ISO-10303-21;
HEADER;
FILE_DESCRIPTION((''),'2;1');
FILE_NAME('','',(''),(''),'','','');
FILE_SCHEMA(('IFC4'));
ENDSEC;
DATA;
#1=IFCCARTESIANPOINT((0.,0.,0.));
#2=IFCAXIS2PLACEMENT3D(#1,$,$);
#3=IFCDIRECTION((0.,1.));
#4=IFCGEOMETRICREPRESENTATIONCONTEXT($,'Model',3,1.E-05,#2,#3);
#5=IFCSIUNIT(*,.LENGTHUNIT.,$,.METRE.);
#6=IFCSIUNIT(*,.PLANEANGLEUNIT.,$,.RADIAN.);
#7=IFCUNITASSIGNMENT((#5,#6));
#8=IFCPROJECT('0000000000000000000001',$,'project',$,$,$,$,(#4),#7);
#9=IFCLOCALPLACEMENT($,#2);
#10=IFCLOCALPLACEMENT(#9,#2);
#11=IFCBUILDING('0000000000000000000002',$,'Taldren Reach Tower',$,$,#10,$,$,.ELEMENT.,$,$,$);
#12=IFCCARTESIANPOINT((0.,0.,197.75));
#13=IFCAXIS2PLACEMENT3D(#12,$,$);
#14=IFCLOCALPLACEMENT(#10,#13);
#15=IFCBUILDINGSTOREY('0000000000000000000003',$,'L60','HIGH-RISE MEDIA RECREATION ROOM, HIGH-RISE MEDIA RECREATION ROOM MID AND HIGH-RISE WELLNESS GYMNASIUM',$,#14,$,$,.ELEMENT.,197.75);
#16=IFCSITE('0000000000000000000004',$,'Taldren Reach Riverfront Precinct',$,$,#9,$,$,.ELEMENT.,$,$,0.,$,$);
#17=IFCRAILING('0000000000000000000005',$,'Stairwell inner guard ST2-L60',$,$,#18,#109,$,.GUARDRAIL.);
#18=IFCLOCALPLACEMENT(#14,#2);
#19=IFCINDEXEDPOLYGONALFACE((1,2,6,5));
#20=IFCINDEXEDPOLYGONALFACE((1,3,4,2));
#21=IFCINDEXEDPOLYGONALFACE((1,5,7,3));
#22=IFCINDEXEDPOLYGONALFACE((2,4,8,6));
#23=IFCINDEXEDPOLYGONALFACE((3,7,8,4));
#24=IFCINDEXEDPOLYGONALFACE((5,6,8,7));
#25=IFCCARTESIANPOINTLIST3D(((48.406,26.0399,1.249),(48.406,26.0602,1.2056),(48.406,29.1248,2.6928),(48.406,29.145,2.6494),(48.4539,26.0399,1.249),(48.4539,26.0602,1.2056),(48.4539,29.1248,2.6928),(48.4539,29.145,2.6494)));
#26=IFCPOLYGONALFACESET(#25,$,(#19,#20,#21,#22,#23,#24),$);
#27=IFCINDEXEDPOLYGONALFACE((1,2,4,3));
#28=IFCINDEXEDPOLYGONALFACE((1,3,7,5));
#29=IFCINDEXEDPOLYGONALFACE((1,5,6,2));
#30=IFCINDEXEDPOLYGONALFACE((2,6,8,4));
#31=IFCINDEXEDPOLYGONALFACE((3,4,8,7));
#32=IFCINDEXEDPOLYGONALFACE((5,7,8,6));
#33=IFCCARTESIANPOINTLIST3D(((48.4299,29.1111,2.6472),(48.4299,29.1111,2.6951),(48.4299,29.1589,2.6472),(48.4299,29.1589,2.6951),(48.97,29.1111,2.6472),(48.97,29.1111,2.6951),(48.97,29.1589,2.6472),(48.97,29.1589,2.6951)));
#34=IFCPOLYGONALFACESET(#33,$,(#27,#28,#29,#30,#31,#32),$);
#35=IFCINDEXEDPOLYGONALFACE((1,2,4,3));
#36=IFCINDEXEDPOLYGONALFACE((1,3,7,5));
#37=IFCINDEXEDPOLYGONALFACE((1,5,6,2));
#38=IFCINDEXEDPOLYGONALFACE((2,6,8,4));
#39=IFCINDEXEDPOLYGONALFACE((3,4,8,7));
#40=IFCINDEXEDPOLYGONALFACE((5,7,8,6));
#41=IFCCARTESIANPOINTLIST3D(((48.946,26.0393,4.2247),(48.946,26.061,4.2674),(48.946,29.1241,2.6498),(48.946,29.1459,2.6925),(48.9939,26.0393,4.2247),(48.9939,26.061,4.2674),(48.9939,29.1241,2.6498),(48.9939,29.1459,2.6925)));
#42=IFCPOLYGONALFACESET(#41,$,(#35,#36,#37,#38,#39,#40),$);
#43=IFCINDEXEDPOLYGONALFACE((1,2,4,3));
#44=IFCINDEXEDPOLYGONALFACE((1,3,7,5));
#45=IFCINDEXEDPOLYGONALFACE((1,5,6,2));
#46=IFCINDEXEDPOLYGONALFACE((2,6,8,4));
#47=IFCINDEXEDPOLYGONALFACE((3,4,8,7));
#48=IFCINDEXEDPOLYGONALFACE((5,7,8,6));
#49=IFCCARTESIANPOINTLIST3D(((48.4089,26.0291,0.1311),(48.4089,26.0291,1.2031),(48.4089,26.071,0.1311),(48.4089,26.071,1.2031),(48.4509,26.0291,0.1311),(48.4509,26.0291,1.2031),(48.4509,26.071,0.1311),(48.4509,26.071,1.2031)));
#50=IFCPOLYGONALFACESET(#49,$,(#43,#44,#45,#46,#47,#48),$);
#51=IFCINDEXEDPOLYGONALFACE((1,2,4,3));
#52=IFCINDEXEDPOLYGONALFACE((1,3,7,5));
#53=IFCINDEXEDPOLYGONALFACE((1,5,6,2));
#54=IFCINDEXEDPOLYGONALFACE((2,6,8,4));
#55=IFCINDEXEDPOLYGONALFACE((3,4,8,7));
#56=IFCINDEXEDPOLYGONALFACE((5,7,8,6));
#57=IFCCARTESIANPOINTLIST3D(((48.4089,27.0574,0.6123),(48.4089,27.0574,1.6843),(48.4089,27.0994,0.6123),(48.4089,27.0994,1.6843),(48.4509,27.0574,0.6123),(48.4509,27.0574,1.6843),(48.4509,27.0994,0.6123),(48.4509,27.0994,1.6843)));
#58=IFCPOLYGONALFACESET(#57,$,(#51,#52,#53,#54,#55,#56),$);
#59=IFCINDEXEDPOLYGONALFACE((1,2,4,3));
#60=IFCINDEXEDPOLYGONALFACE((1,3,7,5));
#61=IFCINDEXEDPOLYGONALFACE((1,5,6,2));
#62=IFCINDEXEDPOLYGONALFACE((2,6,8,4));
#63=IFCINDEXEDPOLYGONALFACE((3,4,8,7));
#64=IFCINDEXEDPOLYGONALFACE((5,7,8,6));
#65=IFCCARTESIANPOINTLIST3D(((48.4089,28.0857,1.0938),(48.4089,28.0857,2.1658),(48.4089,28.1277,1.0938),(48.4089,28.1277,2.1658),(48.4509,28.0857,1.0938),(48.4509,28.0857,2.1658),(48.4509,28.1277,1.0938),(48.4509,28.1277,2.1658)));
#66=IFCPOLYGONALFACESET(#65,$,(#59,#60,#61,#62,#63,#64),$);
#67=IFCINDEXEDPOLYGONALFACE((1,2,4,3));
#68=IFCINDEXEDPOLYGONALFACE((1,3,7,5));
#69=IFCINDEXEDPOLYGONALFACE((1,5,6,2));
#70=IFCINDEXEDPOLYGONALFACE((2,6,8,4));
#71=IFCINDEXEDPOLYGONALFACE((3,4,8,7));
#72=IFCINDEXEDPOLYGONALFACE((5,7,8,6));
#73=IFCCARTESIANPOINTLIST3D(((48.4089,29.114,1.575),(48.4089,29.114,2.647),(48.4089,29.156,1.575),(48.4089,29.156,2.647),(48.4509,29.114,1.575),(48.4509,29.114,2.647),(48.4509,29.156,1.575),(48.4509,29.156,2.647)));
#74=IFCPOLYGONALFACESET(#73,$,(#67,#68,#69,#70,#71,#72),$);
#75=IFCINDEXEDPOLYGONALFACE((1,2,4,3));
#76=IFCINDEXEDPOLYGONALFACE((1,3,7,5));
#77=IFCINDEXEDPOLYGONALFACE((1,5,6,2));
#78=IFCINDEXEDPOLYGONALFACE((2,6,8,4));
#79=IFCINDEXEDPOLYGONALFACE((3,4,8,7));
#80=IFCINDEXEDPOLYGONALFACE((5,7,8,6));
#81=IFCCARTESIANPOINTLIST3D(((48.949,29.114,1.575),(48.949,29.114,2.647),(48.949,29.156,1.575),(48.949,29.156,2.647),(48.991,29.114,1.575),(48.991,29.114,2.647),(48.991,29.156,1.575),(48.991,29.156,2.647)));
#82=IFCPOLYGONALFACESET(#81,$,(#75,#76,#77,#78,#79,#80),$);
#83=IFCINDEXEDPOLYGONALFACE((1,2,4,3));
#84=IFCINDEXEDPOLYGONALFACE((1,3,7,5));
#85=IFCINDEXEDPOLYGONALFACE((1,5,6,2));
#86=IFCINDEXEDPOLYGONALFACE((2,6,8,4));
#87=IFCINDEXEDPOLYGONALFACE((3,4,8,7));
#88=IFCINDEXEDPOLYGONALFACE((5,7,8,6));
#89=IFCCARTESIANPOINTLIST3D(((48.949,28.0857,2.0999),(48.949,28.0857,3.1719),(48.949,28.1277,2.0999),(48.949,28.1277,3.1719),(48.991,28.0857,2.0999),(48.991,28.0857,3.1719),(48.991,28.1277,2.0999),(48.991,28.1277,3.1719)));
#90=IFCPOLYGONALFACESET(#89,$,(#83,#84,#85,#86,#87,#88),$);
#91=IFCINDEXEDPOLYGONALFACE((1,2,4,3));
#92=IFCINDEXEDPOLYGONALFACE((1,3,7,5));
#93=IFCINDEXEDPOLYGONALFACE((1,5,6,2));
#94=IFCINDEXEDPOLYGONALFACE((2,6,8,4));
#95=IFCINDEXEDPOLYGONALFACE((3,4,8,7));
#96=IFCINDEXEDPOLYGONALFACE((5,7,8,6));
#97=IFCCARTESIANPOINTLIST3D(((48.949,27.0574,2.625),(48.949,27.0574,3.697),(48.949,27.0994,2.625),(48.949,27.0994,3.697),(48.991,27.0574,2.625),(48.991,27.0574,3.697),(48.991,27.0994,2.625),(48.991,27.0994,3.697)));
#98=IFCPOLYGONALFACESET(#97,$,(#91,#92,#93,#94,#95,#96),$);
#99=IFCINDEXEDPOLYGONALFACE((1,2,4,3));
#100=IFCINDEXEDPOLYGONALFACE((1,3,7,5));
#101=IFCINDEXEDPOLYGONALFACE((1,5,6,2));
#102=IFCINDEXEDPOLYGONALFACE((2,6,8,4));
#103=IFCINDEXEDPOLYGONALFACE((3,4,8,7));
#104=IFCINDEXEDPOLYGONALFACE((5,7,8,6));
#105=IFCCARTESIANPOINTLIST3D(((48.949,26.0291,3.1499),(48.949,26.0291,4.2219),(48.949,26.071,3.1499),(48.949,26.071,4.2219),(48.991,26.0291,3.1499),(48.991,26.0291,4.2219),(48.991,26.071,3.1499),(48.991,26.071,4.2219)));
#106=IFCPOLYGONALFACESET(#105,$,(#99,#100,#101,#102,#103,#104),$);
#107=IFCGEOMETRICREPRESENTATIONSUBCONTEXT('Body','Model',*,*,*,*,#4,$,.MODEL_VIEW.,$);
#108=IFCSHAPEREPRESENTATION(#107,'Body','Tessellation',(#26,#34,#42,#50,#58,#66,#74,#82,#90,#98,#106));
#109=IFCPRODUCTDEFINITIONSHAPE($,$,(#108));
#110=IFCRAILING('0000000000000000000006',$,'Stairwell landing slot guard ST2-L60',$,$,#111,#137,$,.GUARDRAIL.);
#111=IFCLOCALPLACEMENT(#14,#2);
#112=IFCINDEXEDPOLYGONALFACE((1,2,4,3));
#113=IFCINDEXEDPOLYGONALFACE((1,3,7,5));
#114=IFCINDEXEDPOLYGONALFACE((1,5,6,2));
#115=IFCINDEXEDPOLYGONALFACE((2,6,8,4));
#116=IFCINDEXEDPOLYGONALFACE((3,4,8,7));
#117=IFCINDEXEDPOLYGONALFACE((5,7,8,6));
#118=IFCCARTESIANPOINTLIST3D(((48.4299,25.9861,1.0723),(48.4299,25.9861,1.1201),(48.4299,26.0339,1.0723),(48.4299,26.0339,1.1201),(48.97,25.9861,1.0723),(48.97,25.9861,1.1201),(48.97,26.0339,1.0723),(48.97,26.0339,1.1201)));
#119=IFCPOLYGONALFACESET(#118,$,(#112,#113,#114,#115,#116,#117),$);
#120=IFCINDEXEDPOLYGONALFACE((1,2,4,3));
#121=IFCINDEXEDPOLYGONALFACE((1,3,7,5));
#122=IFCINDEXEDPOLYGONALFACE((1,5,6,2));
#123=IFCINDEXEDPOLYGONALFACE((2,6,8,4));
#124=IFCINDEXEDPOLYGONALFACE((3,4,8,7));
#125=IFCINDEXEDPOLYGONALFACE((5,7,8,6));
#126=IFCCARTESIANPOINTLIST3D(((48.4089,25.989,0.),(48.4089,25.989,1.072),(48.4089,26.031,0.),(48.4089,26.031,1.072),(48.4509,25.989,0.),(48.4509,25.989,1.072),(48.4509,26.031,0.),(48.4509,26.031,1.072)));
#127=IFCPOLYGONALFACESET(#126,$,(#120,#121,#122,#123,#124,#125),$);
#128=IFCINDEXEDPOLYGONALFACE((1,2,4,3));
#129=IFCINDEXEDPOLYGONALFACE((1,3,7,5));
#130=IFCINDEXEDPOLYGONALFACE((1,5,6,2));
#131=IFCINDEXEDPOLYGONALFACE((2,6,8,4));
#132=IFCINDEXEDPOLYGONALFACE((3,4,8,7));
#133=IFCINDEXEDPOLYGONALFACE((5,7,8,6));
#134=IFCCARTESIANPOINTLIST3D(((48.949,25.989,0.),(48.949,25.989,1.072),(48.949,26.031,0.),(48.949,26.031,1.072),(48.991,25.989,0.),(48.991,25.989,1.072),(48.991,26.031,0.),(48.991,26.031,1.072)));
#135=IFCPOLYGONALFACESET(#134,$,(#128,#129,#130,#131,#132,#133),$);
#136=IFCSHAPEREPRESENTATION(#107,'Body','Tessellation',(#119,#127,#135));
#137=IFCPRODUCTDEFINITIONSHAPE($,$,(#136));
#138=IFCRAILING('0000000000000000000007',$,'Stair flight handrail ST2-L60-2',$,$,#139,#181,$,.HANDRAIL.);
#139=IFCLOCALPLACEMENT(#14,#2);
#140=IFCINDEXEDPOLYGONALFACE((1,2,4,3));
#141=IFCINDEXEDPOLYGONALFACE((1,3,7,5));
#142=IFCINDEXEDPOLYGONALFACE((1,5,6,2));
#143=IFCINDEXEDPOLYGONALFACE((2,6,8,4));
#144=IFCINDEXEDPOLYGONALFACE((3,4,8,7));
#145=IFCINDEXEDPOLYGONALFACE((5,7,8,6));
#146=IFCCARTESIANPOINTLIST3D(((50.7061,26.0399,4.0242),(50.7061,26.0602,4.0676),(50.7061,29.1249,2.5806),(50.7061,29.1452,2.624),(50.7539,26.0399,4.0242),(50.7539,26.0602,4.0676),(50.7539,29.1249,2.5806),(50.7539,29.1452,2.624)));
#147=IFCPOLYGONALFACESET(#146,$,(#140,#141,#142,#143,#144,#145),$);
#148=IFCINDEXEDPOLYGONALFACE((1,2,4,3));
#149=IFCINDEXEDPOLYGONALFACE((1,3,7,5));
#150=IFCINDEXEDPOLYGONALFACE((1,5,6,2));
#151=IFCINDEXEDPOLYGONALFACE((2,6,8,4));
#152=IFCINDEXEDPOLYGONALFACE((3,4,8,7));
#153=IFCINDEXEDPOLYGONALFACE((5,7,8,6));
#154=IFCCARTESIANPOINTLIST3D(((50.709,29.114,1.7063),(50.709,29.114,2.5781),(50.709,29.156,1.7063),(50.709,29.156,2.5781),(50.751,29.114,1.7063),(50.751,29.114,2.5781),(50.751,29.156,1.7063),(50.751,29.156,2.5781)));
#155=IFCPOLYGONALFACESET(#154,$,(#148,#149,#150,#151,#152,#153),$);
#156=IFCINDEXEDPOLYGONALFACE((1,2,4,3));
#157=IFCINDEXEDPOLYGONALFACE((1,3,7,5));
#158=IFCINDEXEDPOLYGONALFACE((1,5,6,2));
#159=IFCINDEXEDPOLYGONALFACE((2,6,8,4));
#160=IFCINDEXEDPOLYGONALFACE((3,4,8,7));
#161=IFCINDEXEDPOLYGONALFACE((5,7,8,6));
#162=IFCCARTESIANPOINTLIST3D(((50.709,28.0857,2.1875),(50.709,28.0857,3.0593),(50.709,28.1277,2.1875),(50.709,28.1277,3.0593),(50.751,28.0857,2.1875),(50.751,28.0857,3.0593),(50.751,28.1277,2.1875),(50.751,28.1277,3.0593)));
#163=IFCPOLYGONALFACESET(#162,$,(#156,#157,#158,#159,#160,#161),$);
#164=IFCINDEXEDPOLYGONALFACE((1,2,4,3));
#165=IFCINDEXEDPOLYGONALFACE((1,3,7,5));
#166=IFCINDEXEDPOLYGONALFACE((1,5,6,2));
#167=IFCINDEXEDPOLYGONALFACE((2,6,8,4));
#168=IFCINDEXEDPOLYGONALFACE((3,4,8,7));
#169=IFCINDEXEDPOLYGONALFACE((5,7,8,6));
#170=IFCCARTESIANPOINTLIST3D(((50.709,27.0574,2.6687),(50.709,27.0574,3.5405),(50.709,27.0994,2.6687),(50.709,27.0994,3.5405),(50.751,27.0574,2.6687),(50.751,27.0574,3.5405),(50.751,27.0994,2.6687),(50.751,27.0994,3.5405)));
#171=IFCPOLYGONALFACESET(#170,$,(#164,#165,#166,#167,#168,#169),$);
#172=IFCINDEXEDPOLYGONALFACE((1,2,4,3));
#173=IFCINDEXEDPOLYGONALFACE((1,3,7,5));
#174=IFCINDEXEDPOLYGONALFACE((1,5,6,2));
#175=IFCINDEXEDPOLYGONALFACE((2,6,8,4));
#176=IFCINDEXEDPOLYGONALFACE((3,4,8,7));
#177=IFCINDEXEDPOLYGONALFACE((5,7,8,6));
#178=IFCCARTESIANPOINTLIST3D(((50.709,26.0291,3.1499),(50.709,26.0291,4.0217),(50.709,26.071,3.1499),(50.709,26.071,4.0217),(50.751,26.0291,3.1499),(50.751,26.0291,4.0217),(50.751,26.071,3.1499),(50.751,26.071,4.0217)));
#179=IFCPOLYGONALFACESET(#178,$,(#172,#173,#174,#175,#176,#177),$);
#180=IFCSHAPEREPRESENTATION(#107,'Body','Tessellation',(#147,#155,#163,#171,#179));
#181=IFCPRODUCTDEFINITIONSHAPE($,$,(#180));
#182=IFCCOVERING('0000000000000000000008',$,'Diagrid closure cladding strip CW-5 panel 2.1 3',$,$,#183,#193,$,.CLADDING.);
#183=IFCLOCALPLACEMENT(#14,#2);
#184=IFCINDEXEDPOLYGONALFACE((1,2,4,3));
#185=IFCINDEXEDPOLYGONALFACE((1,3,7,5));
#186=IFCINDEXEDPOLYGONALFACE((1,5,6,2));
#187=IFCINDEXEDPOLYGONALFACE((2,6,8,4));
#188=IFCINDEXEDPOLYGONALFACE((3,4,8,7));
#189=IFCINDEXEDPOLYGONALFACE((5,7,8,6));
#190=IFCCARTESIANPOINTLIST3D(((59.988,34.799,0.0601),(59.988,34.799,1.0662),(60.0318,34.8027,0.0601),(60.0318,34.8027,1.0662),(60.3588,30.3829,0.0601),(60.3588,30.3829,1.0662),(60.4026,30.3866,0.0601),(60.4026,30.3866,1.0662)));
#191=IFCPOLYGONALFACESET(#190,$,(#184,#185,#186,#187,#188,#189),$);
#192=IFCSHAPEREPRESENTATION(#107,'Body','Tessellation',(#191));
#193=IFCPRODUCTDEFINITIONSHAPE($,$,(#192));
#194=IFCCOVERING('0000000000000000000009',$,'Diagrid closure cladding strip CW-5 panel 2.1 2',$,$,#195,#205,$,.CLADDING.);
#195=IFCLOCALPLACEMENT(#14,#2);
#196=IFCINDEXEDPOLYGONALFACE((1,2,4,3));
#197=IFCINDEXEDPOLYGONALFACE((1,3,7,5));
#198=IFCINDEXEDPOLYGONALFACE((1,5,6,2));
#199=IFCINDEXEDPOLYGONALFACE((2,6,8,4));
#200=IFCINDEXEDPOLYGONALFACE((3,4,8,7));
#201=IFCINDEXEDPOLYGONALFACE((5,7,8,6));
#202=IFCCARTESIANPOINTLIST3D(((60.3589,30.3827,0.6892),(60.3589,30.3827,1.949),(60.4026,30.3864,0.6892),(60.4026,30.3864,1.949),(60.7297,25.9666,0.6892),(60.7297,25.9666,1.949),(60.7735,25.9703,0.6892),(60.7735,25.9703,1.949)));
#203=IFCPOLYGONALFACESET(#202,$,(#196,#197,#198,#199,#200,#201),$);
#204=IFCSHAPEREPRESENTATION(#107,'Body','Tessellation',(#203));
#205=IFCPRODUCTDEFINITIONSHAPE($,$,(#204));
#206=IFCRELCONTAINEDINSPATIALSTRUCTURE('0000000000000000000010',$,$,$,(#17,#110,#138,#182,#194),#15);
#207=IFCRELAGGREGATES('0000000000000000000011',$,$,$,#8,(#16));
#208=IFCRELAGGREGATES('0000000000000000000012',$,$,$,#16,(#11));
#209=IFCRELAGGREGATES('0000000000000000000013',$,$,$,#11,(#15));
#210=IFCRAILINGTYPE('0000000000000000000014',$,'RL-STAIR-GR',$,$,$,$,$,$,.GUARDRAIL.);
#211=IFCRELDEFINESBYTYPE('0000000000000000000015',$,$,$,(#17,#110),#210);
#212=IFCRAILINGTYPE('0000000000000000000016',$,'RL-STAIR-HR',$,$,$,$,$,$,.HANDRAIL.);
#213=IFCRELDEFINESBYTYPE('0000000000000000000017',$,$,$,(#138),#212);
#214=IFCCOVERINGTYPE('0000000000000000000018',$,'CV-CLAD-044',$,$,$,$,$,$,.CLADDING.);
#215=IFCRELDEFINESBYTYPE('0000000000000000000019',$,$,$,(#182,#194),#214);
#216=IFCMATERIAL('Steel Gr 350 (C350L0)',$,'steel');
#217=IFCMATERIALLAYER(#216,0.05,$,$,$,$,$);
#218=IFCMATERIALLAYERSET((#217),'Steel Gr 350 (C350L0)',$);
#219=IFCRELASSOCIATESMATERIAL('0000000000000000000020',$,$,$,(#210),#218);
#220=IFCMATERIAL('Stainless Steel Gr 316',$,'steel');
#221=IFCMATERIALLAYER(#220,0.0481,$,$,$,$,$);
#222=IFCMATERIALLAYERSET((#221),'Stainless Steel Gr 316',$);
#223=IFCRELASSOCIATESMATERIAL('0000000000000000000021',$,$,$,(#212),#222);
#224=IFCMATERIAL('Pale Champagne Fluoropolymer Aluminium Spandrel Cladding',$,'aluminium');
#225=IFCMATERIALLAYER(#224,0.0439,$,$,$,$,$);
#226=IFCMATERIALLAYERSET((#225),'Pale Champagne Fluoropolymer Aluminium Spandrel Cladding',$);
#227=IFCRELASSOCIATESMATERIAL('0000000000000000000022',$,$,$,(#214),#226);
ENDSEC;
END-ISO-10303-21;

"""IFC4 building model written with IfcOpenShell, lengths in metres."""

from ifc_helpers import new_model, si_unit, direction, frame, origin, origin_2d, place, context, subcontext, project, spatial, rectangle, extrude, source, transform, mapped, material, layer, layer_set, type_object, element, save


model = new_model("IFC4")

# Units and contexts
model_context = context("Model", 3, precision=1e-05, world=origin(), true_north=direction((0.0, 1.0)))
body_context = subcontext(model_context, "Body", "Model", "MODEL_VIEW")
ifc_project = project(units=[si_unit("LENGTHUNIT", "METRE"), si_unit("PLANEANGLEUNIT", "RADIAN")], contexts=[model_context])

# Site, building, storey
site_placement = place(None, origin())
site = spatial("IfcSite", under=ifc_project, at=site_placement, Name="Taldren Reach Riverfront Precinct", CompositionType="ELEMENT", RefElevation=0.0)
building_placement = place(site_placement, origin())
building = spatial("IfcBuilding", under=site, at=building_placement, Name="Taldren Reach Tower", CompositionType="ELEMENT")
storey_placement = place(building_placement, frame((0.0, 0.0, 197.75)))
storey = spatial("IfcBuildingStorey", under=building, at=storey_placement, Name="L60", Description="HIGH-RISE MEDIA RECREATION ROOM, HIGH-RISE MEDIA RECREATION ROOM MID AND HIGH-RISE WELLNESS GYMNASIUM", CompositionType="ELEMENT", Elevation=197.75)

# Shared definitions
ifc_material_1 = material(Name="Steel Gr 350 (C350L0)", Category="steel")

# Railings
ifc_layer_1 = layer(ifc_material_1, 0.05)
ifc_layer_set_1 = layer_set([ifc_layer_1], Name="Steel Gr 350 (C350L0)")
railing_type_1 = type_object("IfcRailingType", Name="RL-STAIR-GR", PredefinedType="GUARDRAIL", material=ifc_layer_set_1)
railing_1_placement = place(storey_placement, frame((48.4299, 26.05, 0.1311)))
element("IfcRailing", 1, at=railing_1_placement, inside=storey, type_object=railing_type_1, Name="Stairwell inner guard ST2-L60", PredefinedType="GUARDRAIL", context=body_context, shape_type="SweptSolid", body=[
    extrude(rectangle(XDim=0.0479, YDim=0.0479, at=origin_2d()), frame((0.0, 0.0, 1.0962), z_axis=(0.0, 0.90571, 0.423898), x_axis=(-1.0, 0.0, 0.0)), (0.0, 0.0, 1.0), 3.406),
    extrude(rectangle(XDim=0.0479, YDim=0.0479, at=origin_2d()), frame((0.0, 3.085, 2.54), z_axis=(1.0, 0.0, 0.0), x_axis=(0.0, 1.0, 0.0)), (0.0, 0.0, 1.0), 0.54),
    extrude(rectangle(XDim=0.0479, YDim=0.0479, at=origin_2d()), frame((0.54, 3.085, 2.54), z_axis=(0.0, -0.890646, 0.454697), x_axis=(1.0, 0.0, 0.0)), (0.0, 0.0, 1.0), 3.4636),
    extrude(rectangle(XDim=0.042, YDim=0.042, at=origin_2d()), origin(), (0.0, 0.0, 1.0), 1.072),
    extrude(rectangle(XDim=0.042, YDim=0.042, at=origin_2d()), frame((0.0, 1.0283, 0.4812)), (0.0, 0.0, 1.0), 1.072),
    extrude(rectangle(XDim=0.042, YDim=0.042, at=origin_2d()), frame((0.0, 2.0566, 0.9626)), (0.0, 0.0, 1.0), 1.072),
    extrude(rectangle(XDim=0.042, YDim=0.042, at=origin_2d()), frame((0.0, 3.085, 1.4438)), (0.0, 0.0, 1.0), 1.072),
    extrude(rectangle(XDim=0.042, YDim=0.042, at=origin_2d()), frame((0.54, 3.085, 1.4438)), (0.0, 0.0, 1.0), 1.072),
    extrude(rectangle(XDim=0.042, YDim=0.042, at=origin_2d()), frame((0.54, 2.0566, 1.9688)), (0.0, 0.0, 1.0), 1.072),
    extrude(rectangle(XDim=0.042, YDim=0.042, at=origin_2d()), frame((0.54, 1.0283, 2.4939)), (0.0, 0.0, 1.0), 1.072),
    extrude(rectangle(XDim=0.042, YDim=0.042, at=origin_2d()), frame((0.54, 0.0, 3.0188)), (0.0, 0.0, 1.0), 1.072),
])
railing_2_placement = place(storey_placement, frame((48.4299, 26.01, 0.0)))
element("IfcRailing", 2, at=railing_2_placement, inside=storey, type_object=railing_type_1, Name="Stairwell landing slot guard ST2-L60", PredefinedType="GUARDRAIL", context=body_context, shape_type="SweptSolid", body=[
    extrude(rectangle(XDim=0.0479, YDim=0.0479, at=origin_2d()), frame((0.0, 0.0, 1.0962), z_axis=(1.0, 0.0, 0.0), x_axis=(0.0, 1.0, 0.0)), (0.0, 0.0, 1.0), 0.54),
    extrude(rectangle(XDim=0.042, YDim=0.042, at=origin_2d()), origin(), (0.0, 0.0, 1.0), 1.072),
    extrude(rectangle(XDim=0.042, YDim=0.042, at=origin_2d()), frame((0.54, 0.0, 0.0)), (0.0, 0.0, 1.0), 1.072),
])
ifc_material_2 = material(Name="Stainless Steel Gr 316", Category="steel")
ifc_layer_2 = layer(ifc_material_2, 0.0481)
ifc_layer_set_2 = layer_set([ifc_layer_2], Name="Stainless Steel Gr 316")
railing_type_2 = type_object("IfcRailingType", Name="RL-STAIR-HR", PredefinedType="HANDRAIL", material=ifc_layer_set_2)
railing_3_placement = place(storey_placement, frame((50.73, 29.135, 1.7063)))
element("IfcRailing", 3, at=railing_3_placement, inside=storey, type_object=railing_type_2, Name="Stair flight handrail ST2-L60-2", PredefinedType="HANDRAIL", context=body_context, shape_type="SweptSolid", body=[
    extrude(rectangle(XDim=0.0479, YDim=0.0479, at=origin_2d()), frame((0.0, 0.0, 0.896), z_axis=(0.0, -0.905738, 0.423839), x_axis=(1.0, 0.0, 0.0)), (0.0, 0.0, 1.0), 3.406),
    extrude(rectangle(XDim=0.042, YDim=0.042, at=origin_2d()), origin(), (0.0, 0.0, 1.0), 0.8718),
    extrude(rectangle(XDim=0.042, YDim=0.042, at=origin_2d()), frame((0.0, -1.0283, 0.4812)), (0.0, 0.0, 1.0), 0.8718),
    extrude(rectangle(XDim=0.042, YDim=0.042, at=origin_2d()), frame((0.0, -2.0566, 0.9624)), (0.0, 0.0, 1.0), 0.8718),
    extrude(rectangle(XDim=0.042, YDim=0.042, at=origin_2d()), frame((0.0, -3.085, 1.4436)), (0.0, 0.0, 1.0), 0.8718),
])

# Coverings
ifc_material_3 = material(Name="Pale Champagne Fluoropolymer Aluminium Spandrel Cladding", Category="aluminium")
ifc_layer_3 = layer(ifc_material_3, 0.0439)
ifc_layer_set_3 = layer_set([ifc_layer_3], Name="Pale Champagne Fluoropolymer Aluminium Spandrel Cladding")
covering_type = type_object("IfcCoveringType", Name="CV-CLAD-044", PredefinedType="CLADDING", material=ifc_layer_set_3)
shared_shape_1 = source(origin(), body_context, "Body", "SweptSolid", [
    extrude(rectangle(XDim=4.4316, YDim=0.0439, at=origin_2d()), origin(), (0.0, 0.0, 1.0), 1.0061),
])
covering_1_placement = place(storey_placement, frame((60.1953, 32.5928, 0.0601), z_axis=(0.0, 0.0, 1.0), x_axis=(-0.083678, 0.996493, 0.0)))
element("IfcCovering", 4, at=covering_1_placement, inside=storey, type_object=covering_type, Name="Diagrid closure cladding strip CW-5 panel 2.1 3", PredefinedType="CLADDING", context=body_context, shape_type="MappedRepresentation", body=[
    mapped(shared_shape_1, transform((0.0, 0.0, 0.0), scale=1.0)),
])
shared_shape_2 = source(origin(), body_context, "Body", "SweptSolid", [
    extrude(rectangle(XDim=4.4316, YDim=0.0439, at=origin_2d()), origin(), (0.0, 0.0, 1.0), 1.2598),
])
covering_2_placement = place(storey_placement, frame((60.5662, 28.1765, 0.6892), z_axis=(0.0, 0.0, 1.0), x_axis=(-0.083678, 0.996493, 0.0)))
element("IfcCovering", 5, at=covering_2_placement, inside=storey, type_object=covering_type, Name="Diagrid closure cladding strip CW-5 panel 2.1 2", PredefinedType="CLADDING", context=body_context, shape_type="MappedRepresentation", body=[
    mapped(shared_shape_2, transform((0.0, 0.0, 0.0), scale=1.0)),
])

save(model, "model.ifc")
